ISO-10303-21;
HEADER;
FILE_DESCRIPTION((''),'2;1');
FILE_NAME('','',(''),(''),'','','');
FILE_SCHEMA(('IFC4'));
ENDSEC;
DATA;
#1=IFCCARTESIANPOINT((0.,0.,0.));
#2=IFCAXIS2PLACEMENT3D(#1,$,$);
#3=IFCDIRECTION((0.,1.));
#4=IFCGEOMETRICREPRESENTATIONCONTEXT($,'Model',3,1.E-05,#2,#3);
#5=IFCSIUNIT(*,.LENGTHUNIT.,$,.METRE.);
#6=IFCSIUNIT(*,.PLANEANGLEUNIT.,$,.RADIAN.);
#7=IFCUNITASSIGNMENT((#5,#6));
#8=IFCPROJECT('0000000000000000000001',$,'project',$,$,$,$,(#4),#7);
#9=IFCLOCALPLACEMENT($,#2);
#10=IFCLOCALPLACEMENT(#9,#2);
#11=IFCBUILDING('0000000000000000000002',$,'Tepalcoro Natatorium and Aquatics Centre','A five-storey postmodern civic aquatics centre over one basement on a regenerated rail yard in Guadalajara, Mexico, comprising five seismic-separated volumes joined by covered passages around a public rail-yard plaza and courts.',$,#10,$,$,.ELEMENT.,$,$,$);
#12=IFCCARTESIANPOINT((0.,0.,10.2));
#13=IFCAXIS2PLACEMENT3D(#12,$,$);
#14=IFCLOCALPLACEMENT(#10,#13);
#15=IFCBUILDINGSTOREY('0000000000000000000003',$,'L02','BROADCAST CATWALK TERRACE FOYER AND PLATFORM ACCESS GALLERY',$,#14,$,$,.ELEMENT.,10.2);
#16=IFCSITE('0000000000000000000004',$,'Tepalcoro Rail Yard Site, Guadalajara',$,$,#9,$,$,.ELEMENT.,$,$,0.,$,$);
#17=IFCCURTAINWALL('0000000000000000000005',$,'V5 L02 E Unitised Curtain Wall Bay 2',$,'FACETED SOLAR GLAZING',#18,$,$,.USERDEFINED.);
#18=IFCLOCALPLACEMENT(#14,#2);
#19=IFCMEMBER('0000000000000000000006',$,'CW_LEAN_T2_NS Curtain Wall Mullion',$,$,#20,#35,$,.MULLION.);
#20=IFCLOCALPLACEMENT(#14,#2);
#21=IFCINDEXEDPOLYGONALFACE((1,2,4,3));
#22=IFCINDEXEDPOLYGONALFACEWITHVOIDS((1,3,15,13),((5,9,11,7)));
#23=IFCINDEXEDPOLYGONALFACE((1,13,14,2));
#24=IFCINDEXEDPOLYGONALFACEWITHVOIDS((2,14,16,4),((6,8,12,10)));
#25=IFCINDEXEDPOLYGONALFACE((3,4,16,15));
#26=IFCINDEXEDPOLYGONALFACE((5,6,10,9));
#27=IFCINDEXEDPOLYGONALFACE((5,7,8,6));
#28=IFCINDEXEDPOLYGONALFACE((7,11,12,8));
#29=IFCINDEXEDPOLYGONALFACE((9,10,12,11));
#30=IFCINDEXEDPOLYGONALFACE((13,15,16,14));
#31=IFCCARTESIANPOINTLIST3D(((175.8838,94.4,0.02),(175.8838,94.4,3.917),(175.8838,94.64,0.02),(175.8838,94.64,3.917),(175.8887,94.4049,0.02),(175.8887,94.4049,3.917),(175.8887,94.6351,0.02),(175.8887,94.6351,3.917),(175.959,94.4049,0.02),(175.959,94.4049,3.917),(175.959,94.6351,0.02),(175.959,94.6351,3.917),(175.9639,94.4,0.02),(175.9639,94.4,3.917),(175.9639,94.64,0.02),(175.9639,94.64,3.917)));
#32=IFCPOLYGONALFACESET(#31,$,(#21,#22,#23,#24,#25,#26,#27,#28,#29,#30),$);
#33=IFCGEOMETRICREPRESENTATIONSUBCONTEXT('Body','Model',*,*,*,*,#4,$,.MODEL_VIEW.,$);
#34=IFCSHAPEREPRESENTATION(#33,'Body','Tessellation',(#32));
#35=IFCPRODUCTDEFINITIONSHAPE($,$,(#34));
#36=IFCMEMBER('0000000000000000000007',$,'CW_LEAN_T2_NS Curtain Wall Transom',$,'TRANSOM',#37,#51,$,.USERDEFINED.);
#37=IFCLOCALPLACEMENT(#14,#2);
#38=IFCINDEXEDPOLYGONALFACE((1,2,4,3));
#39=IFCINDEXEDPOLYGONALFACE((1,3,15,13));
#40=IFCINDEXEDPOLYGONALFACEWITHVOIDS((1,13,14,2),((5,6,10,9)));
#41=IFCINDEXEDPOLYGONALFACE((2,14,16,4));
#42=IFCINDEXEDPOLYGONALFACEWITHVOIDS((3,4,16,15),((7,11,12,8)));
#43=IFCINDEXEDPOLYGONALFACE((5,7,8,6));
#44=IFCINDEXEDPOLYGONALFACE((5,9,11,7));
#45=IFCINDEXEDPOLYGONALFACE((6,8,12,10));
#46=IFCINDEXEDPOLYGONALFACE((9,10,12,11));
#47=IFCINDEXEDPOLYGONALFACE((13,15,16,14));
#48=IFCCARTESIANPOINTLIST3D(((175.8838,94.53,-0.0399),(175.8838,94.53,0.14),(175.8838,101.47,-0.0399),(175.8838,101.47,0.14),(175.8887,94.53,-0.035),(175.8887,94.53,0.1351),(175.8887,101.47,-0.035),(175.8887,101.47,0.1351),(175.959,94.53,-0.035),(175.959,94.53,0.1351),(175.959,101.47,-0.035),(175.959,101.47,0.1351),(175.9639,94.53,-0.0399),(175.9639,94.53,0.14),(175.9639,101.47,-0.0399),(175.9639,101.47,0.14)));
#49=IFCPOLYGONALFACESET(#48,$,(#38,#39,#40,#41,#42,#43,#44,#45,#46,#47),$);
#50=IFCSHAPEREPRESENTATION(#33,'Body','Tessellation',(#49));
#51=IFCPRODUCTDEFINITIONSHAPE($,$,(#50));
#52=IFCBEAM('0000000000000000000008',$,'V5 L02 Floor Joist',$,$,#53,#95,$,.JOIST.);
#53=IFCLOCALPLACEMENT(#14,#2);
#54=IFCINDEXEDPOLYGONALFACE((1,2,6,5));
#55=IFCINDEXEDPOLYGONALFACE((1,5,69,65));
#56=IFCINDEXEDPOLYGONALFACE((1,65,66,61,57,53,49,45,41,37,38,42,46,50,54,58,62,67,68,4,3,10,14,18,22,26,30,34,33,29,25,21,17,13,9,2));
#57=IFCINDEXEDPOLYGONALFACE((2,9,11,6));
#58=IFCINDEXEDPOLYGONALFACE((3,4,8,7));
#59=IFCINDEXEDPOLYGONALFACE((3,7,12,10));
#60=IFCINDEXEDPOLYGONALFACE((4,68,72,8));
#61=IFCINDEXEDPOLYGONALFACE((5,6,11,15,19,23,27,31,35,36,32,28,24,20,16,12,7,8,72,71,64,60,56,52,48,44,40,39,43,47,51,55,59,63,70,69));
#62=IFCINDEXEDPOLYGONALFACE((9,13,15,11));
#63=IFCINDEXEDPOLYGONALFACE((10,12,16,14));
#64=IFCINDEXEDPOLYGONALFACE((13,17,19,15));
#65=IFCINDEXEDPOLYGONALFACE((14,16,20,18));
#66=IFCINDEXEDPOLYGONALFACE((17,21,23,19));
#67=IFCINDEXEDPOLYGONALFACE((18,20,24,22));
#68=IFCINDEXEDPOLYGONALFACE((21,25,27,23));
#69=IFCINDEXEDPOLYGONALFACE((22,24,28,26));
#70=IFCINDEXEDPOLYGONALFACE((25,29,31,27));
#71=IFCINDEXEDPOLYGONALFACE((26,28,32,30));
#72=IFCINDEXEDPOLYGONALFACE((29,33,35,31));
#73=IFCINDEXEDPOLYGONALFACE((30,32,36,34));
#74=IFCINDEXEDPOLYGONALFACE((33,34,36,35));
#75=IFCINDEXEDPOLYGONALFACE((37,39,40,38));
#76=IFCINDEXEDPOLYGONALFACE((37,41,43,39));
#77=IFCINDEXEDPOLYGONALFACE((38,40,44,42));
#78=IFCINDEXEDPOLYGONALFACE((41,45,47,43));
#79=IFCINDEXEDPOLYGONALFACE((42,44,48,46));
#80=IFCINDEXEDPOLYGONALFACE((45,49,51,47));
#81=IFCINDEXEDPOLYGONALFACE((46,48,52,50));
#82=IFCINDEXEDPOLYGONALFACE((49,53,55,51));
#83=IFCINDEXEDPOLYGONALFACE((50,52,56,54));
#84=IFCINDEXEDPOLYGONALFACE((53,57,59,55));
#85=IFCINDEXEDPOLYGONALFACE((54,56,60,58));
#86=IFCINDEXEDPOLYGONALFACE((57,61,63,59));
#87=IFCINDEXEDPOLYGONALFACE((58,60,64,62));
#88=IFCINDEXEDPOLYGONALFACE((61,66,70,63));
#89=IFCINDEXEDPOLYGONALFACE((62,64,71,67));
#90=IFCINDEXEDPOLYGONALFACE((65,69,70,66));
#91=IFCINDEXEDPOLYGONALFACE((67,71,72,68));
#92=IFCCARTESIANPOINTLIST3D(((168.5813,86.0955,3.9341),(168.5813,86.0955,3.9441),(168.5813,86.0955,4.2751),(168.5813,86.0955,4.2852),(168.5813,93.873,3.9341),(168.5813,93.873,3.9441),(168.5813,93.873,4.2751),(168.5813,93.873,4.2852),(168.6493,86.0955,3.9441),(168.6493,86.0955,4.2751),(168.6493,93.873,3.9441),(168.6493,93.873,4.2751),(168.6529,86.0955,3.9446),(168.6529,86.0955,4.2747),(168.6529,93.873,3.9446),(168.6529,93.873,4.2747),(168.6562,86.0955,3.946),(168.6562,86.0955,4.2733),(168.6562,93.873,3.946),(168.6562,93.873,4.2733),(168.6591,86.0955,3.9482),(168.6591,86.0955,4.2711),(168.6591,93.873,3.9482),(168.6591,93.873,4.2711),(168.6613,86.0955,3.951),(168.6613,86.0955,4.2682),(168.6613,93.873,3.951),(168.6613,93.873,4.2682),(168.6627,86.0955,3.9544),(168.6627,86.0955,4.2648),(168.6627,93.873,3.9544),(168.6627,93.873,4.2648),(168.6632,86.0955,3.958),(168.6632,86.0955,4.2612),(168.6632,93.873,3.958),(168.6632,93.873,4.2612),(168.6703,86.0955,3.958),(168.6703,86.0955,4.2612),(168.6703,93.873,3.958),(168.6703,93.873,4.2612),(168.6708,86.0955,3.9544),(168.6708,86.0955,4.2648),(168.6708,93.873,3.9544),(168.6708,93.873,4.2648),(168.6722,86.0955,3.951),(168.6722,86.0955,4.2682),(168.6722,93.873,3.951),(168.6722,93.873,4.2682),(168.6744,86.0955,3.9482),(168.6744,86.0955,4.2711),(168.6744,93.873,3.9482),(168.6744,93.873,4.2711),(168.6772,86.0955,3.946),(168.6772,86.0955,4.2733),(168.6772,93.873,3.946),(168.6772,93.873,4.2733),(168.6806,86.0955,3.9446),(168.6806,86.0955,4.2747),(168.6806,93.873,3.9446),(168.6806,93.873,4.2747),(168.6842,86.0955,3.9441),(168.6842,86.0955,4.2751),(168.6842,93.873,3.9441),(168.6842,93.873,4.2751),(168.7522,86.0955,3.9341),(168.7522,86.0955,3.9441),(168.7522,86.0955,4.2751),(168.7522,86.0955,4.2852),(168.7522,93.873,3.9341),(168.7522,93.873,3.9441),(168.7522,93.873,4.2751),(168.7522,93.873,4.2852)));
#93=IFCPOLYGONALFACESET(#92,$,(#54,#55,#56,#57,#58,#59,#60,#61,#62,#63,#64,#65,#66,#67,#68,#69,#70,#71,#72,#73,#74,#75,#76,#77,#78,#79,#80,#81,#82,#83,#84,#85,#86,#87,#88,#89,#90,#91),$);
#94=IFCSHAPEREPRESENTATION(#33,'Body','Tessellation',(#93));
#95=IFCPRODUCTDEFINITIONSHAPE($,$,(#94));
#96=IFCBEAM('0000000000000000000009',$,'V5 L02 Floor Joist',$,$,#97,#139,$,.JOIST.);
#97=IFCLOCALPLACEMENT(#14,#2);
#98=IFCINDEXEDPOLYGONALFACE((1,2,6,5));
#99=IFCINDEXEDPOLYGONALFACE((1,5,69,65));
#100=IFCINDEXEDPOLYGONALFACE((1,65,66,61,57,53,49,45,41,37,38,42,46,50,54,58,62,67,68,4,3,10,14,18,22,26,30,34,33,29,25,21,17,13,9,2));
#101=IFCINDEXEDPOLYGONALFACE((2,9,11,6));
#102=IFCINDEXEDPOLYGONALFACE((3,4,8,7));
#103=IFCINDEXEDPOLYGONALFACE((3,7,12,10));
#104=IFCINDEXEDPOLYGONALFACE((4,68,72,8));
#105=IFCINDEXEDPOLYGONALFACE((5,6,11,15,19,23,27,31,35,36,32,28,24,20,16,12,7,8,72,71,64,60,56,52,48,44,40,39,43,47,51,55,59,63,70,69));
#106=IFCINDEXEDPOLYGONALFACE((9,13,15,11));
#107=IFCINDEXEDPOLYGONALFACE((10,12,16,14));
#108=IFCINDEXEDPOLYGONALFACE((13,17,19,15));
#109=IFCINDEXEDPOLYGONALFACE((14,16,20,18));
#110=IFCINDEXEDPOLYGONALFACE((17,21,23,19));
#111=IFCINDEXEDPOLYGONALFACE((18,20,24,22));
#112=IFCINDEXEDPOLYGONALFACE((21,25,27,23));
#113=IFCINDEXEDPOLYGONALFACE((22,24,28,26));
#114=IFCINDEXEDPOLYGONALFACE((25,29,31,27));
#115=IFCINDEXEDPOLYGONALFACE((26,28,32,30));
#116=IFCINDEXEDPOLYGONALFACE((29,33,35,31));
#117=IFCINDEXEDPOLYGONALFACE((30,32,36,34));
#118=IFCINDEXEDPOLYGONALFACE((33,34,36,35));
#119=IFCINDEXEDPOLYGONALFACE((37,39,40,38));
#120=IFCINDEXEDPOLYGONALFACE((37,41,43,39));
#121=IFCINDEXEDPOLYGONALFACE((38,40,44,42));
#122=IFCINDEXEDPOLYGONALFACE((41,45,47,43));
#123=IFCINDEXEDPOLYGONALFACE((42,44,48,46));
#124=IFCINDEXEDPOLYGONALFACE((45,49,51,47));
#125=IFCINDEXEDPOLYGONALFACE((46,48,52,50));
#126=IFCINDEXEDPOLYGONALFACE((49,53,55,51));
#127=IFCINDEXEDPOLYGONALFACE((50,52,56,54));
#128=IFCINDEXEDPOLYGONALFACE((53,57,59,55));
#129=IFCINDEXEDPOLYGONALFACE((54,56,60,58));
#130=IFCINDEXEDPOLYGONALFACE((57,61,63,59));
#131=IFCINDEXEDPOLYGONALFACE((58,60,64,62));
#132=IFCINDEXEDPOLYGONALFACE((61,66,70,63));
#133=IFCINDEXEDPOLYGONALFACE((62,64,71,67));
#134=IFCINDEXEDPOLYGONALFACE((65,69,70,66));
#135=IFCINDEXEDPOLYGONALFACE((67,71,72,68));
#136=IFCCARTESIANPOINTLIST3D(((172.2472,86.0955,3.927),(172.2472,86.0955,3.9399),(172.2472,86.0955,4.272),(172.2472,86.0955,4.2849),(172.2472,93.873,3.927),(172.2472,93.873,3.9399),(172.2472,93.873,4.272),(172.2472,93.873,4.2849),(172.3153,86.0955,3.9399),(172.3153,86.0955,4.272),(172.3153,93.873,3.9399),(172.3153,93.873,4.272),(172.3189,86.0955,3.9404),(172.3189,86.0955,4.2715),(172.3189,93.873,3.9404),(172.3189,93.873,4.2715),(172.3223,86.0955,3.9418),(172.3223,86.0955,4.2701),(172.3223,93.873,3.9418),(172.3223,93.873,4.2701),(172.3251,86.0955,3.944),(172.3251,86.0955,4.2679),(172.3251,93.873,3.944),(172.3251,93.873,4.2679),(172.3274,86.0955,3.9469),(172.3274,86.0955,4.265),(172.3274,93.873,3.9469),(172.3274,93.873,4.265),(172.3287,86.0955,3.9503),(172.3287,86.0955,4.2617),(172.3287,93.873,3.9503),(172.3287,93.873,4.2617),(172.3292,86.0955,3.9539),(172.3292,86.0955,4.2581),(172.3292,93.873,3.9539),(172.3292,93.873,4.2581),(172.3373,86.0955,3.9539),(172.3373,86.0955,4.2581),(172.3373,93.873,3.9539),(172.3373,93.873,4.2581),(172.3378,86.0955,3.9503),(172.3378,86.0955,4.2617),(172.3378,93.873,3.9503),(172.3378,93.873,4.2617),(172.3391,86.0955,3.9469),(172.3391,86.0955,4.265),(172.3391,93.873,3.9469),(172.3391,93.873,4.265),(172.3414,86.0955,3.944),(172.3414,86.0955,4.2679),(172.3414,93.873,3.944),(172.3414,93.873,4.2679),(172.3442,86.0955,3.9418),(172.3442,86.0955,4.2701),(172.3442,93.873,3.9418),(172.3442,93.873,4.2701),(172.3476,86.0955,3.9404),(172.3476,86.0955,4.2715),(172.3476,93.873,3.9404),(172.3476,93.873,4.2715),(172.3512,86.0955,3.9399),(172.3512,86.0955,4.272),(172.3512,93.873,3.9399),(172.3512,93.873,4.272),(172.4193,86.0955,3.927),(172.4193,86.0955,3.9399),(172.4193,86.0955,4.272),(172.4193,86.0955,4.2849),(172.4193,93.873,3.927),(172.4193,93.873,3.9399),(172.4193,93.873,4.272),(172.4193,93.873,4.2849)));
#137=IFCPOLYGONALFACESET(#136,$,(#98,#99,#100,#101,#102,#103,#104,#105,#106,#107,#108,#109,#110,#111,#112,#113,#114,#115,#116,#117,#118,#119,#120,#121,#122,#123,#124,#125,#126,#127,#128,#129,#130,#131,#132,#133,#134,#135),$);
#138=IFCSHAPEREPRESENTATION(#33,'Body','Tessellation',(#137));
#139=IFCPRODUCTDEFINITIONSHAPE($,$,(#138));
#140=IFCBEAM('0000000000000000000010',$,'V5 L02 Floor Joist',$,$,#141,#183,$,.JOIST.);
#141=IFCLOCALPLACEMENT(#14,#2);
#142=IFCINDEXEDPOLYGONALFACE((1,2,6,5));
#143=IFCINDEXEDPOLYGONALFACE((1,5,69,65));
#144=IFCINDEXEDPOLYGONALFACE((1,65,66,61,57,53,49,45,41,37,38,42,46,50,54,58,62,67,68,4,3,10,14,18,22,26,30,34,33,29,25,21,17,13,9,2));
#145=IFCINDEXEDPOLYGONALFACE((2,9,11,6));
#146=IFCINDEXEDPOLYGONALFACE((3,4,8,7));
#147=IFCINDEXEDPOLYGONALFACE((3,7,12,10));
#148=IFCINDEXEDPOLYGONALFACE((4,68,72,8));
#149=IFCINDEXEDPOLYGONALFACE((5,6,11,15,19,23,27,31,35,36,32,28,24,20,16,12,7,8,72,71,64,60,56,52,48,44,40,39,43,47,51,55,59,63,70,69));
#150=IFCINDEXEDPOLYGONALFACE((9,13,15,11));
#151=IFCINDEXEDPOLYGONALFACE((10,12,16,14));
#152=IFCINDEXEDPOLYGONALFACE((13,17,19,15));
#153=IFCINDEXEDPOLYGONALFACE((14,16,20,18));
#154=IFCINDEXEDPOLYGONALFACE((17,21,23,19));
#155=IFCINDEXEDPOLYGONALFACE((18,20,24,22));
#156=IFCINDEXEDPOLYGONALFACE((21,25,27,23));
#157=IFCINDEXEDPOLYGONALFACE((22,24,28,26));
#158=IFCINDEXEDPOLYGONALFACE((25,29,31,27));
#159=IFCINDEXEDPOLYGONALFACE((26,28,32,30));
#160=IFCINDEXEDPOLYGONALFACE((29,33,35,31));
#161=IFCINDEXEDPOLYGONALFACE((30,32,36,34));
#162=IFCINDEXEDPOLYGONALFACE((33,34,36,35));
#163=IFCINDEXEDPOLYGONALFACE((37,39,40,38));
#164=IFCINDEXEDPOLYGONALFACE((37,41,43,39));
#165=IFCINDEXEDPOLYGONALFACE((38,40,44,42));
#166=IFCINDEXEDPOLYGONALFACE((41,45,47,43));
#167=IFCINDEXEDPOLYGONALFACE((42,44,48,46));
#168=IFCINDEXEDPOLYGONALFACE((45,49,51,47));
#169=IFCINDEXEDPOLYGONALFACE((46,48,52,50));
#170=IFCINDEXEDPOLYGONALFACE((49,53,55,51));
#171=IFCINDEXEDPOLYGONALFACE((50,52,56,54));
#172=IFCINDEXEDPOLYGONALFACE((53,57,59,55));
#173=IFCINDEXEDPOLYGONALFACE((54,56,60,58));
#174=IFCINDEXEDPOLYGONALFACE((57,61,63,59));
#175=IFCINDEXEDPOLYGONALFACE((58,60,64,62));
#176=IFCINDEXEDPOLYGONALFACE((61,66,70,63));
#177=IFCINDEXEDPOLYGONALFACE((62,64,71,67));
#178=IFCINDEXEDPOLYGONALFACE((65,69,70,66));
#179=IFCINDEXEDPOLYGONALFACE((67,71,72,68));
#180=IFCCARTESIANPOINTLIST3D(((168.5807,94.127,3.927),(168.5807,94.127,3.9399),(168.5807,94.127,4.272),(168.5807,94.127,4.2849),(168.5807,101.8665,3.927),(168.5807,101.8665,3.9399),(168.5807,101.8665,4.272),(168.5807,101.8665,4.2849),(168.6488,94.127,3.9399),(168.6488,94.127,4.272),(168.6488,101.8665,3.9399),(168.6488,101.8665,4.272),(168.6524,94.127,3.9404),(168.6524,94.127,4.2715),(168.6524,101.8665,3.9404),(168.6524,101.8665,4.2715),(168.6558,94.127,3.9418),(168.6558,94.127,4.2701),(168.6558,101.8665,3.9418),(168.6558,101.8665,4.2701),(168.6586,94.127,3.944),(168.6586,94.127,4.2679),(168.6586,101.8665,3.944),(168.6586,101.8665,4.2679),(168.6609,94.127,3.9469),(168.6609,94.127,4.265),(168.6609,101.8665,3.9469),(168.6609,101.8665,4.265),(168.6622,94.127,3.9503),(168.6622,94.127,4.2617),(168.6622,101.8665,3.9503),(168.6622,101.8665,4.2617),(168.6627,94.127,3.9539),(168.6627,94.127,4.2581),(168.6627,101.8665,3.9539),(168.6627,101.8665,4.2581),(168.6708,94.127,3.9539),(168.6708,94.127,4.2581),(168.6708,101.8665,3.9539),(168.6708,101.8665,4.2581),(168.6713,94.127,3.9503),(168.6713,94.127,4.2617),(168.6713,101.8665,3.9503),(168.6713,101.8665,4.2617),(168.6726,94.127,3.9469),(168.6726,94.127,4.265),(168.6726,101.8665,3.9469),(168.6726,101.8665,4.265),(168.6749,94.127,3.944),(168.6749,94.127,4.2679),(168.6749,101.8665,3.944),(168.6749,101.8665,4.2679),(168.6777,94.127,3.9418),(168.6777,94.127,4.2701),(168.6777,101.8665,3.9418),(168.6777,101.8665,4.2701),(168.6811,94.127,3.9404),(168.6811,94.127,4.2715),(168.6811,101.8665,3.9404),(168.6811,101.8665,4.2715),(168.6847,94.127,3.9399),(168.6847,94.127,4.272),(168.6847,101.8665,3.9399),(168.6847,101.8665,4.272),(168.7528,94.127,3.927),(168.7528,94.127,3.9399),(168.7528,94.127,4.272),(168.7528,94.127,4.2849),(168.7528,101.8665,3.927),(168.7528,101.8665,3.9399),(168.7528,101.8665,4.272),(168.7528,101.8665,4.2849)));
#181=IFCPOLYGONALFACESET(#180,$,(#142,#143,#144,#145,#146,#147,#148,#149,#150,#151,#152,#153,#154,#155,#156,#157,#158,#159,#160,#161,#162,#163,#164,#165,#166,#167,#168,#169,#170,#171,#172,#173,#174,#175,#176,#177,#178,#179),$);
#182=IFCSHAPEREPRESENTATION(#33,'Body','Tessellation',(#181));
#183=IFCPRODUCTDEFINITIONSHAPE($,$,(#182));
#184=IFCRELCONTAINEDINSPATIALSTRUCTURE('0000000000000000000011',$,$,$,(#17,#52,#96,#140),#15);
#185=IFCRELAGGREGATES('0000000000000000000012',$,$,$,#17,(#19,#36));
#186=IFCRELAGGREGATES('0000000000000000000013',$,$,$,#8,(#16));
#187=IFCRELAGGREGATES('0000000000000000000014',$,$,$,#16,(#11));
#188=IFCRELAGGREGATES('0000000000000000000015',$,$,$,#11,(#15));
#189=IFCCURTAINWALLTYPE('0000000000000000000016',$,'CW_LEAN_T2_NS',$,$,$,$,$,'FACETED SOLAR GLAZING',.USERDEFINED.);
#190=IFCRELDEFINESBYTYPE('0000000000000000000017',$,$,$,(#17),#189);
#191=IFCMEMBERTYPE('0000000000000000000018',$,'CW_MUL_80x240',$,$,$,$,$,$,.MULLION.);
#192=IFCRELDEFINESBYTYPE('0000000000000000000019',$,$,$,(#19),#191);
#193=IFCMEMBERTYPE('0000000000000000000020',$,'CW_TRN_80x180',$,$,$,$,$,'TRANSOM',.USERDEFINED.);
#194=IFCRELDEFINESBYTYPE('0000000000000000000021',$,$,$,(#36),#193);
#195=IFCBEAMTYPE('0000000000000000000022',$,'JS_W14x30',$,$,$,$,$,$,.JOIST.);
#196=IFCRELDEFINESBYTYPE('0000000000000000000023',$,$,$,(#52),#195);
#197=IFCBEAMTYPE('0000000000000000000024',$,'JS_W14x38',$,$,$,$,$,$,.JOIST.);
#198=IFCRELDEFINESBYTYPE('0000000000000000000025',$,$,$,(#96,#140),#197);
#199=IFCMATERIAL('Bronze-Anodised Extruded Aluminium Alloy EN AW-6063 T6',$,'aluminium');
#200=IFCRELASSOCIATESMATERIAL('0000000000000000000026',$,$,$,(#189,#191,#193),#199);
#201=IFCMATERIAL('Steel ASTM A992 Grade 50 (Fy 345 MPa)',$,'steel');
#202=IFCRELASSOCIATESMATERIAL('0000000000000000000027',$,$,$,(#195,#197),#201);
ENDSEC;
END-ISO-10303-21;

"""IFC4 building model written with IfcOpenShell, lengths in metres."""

from ifc_helpers import new_model, si_unit, direction, frame, origin, origin_2d, place, context, subcontext, project, spatial, hollow_rectangle, i_section, extrude, material, material_profile, profile_set, type_object, element, aggregate, save


model = new_model("IFC4")

# Units and contexts
model_context = context("Model", 3, precision=1e-05, world=origin(), true_north=direction((0.0, 1.0)))
body_context = subcontext(model_context, "Body", "Model", "MODEL_VIEW")
ifc_project = project(units=[si_unit("LENGTHUNIT", "METRE"), si_unit("PLANEANGLEUNIT", "RADIAN")], contexts=[model_context])

# Site, building, storey
site_placement = place(None, origin())
site = spatial("IfcSite", under=ifc_project, at=site_placement, Name="Tepalcoro Rail Yard Site, Guadalajara", CompositionType="ELEMENT", RefElevation=0.0)
building_placement = place(site_placement, origin())
building = spatial("IfcBuilding", under=site, at=building_placement, Name="Tepalcoro Natatorium and Aquatics Centre", Description="A five-storey postmodern civic aquatics centre over one basement on a regenerated rail yard in Guadalajara, Mexico, comprising five seismic-separated volumes joined by covered passages around a public rail-yard plaza and courts.", CompositionType="ELEMENT")
storey_placement = place(building_placement, frame((0.0, 0.0, 10.2)))
storey = spatial("IfcBuildingStorey", under=building, at=storey_placement, Name="L02", Description="BROADCAST CATWALK TERRACE FOYER AND PLATFORM ACCESS GALLERY", CompositionType="ELEMENT", Elevation=10.2)

# Shared definitions
ifc_material_1 = material(Name="Steel ASTM A992 Grade 50 (Fy 345 MPa)", Category="steel")

# Curtain wall, members
ifc_material_2 = material(Name="Bronze-Anodised Extruded Aluminium Alloy EN AW-6063 T6", Category="aluminium")
curtain_wall_type = type_object("IfcCurtainWallType", Name="CW_LEAN_T2_NS", ElementType="FACETED SOLAR GLAZING", PredefinedType="USERDEFINED", material=ifc_material_2)
curtain_wall_placement = place(storey_placement, origin())
curtain_wall = element("IfcCurtainWall", 1, at=curtain_wall_placement, inside=storey, type_object=curtain_wall_type, Name="V5 L02 E Unitised Curtain Wall Bay 2", ObjectType="FACETED SOLAR GLAZING", PredefinedType="USERDEFINED")
ifc_material_profile_1 = material_profile(ifc_material_2, hollow_rectangle(XDim=0.0801, YDim=0.24, WallThickness=0.0049, at=origin_2d()), Name="AL80X240X5")
ifc_profile_set_1 = profile_set([ifc_material_profile_1], Name="Bronze-Anodised Extruded Aluminium Alloy EN AW-6063 T6")
member_type_1 = type_object("IfcMemberType", Name="CW_MUL_80x240", PredefinedType="MULLION", material=ifc_profile_set_1)
member_1_placement = place(storey_placement, frame((175.9238, 94.52, 0.02), z_axis=(0.0, 0.0, 1.0), x_axis=(1.0, 0.0, 0.0)))
member_1 = element("IfcMember", 2, at=member_1_placement, type_object=member_type_1, Name="CW_LEAN_T2_NS Curtain Wall Mullion", PredefinedType="MULLION", context=body_context, shape_type="SweptSolid", body=[
    extrude(hollow_rectangle(XDim=0.0801, YDim=0.24, WallThickness=0.0049, at=origin_2d()), origin(), (0.0, 0.0, 1.0), 3.897),
])
ifc_material_profile_2 = material_profile(ifc_material_2, hollow_rectangle(XDim=0.0801, YDim=0.1799, WallThickness=0.0049, at=origin_2d()), Name="AL80X180X5")
ifc_profile_set_2 = profile_set([ifc_material_profile_2], Name="Bronze-Anodised Extruded Aluminium Alloy EN AW-6063 T6")
member_type_2 = type_object("IfcMemberType", Name="CW_TRN_80x180", ElementType="TRANSOM", PredefinedType="USERDEFINED", material=ifc_profile_set_2)
member_2_placement = place(storey_placement, frame((175.9238, 94.53, 0.05), z_axis=(0.0, 1.0, 0.0), x_axis=(-1.0, 0.0, 0.0)))
member_2 = element("IfcMember", 3, at=member_2_placement, type_object=member_type_2, Name="CW_LEAN_T2_NS Curtain Wall Transom", ObjectType="TRANSOM", PredefinedType="USERDEFINED", context=body_context, shape_type="SweptSolid", body=[
    extrude(hollow_rectangle(XDim=0.0801, YDim=0.1799, WallThickness=0.0049, at=origin_2d()), origin(), (0.0, 0.0, 1.0), 6.9399),
])
aggregate(curtain_wall, [member_1, member_2])

# Beams
ifc_material_profile_3 = material_profile(ifc_material_1, i_section(OverallWidth=0.1709, OverallDepth=0.3511, WebThickness=0.0071, FlangeThickness=0.01, FilletRadius=0.0139, at=origin_2d()), Name="W14X30")
ifc_profile_set_3 = profile_set([ifc_material_profile_3], Name="Steel ASTM A992 Grade 50 (Fy 345 MPa)")
beam_type_1 = type_object("IfcBeamType", Name="JS_W14x30", PredefinedType="JOIST", material=ifc_profile_set_3)
beam_1_placement = place(storey_placement, frame((168.6667, 86.0955, 4.1096), z_axis=(0.0, 1.0, 0.0), x_axis=(-1.0, 0.0, 0.0)))
element("IfcBeam", 4, at=beam_1_placement, inside=storey, type_object=beam_type_1, Name="V5 L02 Floor Joist", PredefinedType="JOIST", context=body_context, shape_type="SweptSolid", body=[
    extrude(i_section(OverallWidth=0.1709, OverallDepth=0.3511, WebThickness=0.0071, FlangeThickness=0.01, FilletRadius=0.0139, at=origin_2d()), origin(), (0.0, 0.0, 1.0), 7.7776),
])
ifc_material_profile_4 = material_profile(ifc_material_1, i_section(OverallWidth=0.1721, OverallDepth=0.3579, WebThickness=0.0081, FlangeThickness=0.0129, FilletRadius=0.0139, at=origin_2d()), Name="W14X38")
ifc_profile_set_4 = profile_set([ifc_material_profile_4], Name="Steel ASTM A992 Grade 50 (Fy 345 MPa)")
beam_type_2 = type_object("IfcBeamType", Name="JS_W14x38", PredefinedType="JOIST", material=ifc_profile_set_4)
beam_2_placement = place(storey_placement, frame((172.3333, 86.0955, 4.106), z_axis=(0.0, 1.0, 0.0), x_axis=(-1.0, 0.0, 0.0)))
element("IfcBeam", 5, at=beam_2_placement, inside=storey, type_object=beam_type_2, Name="V5 L02 Floor Joist", PredefinedType="JOIST", context=body_context, shape_type="SweptSolid", body=[
    extrude(i_section(OverallWidth=0.1721, OverallDepth=0.3579, WebThickness=0.0081, FlangeThickness=0.0129, FilletRadius=0.0139, at=origin_2d()), origin(), (0.0, 0.0, 1.0), 7.7776),
])
beam_3_placement = place(storey_placement, frame((168.6667, 94.127, 4.106), z_axis=(0.0, 1.0, 0.0), x_axis=(-1.0, 0.0, 0.0)))
element("IfcBeam", 6, at=beam_3_placement, inside=storey, type_object=beam_type_2, Name="V5 L02 Floor Joist", PredefinedType="JOIST", context=body_context, shape_type="SweptSolid", body=[
    extrude(i_section(OverallWidth=0.1721, OverallDepth=0.3579, WebThickness=0.0081, FlangeThickness=0.0129, FilletRadius=0.0139, at=origin_2d()), origin(), (0.0, 0.0, 1.0), 7.7395),
])

save(model, "model.ifc")
